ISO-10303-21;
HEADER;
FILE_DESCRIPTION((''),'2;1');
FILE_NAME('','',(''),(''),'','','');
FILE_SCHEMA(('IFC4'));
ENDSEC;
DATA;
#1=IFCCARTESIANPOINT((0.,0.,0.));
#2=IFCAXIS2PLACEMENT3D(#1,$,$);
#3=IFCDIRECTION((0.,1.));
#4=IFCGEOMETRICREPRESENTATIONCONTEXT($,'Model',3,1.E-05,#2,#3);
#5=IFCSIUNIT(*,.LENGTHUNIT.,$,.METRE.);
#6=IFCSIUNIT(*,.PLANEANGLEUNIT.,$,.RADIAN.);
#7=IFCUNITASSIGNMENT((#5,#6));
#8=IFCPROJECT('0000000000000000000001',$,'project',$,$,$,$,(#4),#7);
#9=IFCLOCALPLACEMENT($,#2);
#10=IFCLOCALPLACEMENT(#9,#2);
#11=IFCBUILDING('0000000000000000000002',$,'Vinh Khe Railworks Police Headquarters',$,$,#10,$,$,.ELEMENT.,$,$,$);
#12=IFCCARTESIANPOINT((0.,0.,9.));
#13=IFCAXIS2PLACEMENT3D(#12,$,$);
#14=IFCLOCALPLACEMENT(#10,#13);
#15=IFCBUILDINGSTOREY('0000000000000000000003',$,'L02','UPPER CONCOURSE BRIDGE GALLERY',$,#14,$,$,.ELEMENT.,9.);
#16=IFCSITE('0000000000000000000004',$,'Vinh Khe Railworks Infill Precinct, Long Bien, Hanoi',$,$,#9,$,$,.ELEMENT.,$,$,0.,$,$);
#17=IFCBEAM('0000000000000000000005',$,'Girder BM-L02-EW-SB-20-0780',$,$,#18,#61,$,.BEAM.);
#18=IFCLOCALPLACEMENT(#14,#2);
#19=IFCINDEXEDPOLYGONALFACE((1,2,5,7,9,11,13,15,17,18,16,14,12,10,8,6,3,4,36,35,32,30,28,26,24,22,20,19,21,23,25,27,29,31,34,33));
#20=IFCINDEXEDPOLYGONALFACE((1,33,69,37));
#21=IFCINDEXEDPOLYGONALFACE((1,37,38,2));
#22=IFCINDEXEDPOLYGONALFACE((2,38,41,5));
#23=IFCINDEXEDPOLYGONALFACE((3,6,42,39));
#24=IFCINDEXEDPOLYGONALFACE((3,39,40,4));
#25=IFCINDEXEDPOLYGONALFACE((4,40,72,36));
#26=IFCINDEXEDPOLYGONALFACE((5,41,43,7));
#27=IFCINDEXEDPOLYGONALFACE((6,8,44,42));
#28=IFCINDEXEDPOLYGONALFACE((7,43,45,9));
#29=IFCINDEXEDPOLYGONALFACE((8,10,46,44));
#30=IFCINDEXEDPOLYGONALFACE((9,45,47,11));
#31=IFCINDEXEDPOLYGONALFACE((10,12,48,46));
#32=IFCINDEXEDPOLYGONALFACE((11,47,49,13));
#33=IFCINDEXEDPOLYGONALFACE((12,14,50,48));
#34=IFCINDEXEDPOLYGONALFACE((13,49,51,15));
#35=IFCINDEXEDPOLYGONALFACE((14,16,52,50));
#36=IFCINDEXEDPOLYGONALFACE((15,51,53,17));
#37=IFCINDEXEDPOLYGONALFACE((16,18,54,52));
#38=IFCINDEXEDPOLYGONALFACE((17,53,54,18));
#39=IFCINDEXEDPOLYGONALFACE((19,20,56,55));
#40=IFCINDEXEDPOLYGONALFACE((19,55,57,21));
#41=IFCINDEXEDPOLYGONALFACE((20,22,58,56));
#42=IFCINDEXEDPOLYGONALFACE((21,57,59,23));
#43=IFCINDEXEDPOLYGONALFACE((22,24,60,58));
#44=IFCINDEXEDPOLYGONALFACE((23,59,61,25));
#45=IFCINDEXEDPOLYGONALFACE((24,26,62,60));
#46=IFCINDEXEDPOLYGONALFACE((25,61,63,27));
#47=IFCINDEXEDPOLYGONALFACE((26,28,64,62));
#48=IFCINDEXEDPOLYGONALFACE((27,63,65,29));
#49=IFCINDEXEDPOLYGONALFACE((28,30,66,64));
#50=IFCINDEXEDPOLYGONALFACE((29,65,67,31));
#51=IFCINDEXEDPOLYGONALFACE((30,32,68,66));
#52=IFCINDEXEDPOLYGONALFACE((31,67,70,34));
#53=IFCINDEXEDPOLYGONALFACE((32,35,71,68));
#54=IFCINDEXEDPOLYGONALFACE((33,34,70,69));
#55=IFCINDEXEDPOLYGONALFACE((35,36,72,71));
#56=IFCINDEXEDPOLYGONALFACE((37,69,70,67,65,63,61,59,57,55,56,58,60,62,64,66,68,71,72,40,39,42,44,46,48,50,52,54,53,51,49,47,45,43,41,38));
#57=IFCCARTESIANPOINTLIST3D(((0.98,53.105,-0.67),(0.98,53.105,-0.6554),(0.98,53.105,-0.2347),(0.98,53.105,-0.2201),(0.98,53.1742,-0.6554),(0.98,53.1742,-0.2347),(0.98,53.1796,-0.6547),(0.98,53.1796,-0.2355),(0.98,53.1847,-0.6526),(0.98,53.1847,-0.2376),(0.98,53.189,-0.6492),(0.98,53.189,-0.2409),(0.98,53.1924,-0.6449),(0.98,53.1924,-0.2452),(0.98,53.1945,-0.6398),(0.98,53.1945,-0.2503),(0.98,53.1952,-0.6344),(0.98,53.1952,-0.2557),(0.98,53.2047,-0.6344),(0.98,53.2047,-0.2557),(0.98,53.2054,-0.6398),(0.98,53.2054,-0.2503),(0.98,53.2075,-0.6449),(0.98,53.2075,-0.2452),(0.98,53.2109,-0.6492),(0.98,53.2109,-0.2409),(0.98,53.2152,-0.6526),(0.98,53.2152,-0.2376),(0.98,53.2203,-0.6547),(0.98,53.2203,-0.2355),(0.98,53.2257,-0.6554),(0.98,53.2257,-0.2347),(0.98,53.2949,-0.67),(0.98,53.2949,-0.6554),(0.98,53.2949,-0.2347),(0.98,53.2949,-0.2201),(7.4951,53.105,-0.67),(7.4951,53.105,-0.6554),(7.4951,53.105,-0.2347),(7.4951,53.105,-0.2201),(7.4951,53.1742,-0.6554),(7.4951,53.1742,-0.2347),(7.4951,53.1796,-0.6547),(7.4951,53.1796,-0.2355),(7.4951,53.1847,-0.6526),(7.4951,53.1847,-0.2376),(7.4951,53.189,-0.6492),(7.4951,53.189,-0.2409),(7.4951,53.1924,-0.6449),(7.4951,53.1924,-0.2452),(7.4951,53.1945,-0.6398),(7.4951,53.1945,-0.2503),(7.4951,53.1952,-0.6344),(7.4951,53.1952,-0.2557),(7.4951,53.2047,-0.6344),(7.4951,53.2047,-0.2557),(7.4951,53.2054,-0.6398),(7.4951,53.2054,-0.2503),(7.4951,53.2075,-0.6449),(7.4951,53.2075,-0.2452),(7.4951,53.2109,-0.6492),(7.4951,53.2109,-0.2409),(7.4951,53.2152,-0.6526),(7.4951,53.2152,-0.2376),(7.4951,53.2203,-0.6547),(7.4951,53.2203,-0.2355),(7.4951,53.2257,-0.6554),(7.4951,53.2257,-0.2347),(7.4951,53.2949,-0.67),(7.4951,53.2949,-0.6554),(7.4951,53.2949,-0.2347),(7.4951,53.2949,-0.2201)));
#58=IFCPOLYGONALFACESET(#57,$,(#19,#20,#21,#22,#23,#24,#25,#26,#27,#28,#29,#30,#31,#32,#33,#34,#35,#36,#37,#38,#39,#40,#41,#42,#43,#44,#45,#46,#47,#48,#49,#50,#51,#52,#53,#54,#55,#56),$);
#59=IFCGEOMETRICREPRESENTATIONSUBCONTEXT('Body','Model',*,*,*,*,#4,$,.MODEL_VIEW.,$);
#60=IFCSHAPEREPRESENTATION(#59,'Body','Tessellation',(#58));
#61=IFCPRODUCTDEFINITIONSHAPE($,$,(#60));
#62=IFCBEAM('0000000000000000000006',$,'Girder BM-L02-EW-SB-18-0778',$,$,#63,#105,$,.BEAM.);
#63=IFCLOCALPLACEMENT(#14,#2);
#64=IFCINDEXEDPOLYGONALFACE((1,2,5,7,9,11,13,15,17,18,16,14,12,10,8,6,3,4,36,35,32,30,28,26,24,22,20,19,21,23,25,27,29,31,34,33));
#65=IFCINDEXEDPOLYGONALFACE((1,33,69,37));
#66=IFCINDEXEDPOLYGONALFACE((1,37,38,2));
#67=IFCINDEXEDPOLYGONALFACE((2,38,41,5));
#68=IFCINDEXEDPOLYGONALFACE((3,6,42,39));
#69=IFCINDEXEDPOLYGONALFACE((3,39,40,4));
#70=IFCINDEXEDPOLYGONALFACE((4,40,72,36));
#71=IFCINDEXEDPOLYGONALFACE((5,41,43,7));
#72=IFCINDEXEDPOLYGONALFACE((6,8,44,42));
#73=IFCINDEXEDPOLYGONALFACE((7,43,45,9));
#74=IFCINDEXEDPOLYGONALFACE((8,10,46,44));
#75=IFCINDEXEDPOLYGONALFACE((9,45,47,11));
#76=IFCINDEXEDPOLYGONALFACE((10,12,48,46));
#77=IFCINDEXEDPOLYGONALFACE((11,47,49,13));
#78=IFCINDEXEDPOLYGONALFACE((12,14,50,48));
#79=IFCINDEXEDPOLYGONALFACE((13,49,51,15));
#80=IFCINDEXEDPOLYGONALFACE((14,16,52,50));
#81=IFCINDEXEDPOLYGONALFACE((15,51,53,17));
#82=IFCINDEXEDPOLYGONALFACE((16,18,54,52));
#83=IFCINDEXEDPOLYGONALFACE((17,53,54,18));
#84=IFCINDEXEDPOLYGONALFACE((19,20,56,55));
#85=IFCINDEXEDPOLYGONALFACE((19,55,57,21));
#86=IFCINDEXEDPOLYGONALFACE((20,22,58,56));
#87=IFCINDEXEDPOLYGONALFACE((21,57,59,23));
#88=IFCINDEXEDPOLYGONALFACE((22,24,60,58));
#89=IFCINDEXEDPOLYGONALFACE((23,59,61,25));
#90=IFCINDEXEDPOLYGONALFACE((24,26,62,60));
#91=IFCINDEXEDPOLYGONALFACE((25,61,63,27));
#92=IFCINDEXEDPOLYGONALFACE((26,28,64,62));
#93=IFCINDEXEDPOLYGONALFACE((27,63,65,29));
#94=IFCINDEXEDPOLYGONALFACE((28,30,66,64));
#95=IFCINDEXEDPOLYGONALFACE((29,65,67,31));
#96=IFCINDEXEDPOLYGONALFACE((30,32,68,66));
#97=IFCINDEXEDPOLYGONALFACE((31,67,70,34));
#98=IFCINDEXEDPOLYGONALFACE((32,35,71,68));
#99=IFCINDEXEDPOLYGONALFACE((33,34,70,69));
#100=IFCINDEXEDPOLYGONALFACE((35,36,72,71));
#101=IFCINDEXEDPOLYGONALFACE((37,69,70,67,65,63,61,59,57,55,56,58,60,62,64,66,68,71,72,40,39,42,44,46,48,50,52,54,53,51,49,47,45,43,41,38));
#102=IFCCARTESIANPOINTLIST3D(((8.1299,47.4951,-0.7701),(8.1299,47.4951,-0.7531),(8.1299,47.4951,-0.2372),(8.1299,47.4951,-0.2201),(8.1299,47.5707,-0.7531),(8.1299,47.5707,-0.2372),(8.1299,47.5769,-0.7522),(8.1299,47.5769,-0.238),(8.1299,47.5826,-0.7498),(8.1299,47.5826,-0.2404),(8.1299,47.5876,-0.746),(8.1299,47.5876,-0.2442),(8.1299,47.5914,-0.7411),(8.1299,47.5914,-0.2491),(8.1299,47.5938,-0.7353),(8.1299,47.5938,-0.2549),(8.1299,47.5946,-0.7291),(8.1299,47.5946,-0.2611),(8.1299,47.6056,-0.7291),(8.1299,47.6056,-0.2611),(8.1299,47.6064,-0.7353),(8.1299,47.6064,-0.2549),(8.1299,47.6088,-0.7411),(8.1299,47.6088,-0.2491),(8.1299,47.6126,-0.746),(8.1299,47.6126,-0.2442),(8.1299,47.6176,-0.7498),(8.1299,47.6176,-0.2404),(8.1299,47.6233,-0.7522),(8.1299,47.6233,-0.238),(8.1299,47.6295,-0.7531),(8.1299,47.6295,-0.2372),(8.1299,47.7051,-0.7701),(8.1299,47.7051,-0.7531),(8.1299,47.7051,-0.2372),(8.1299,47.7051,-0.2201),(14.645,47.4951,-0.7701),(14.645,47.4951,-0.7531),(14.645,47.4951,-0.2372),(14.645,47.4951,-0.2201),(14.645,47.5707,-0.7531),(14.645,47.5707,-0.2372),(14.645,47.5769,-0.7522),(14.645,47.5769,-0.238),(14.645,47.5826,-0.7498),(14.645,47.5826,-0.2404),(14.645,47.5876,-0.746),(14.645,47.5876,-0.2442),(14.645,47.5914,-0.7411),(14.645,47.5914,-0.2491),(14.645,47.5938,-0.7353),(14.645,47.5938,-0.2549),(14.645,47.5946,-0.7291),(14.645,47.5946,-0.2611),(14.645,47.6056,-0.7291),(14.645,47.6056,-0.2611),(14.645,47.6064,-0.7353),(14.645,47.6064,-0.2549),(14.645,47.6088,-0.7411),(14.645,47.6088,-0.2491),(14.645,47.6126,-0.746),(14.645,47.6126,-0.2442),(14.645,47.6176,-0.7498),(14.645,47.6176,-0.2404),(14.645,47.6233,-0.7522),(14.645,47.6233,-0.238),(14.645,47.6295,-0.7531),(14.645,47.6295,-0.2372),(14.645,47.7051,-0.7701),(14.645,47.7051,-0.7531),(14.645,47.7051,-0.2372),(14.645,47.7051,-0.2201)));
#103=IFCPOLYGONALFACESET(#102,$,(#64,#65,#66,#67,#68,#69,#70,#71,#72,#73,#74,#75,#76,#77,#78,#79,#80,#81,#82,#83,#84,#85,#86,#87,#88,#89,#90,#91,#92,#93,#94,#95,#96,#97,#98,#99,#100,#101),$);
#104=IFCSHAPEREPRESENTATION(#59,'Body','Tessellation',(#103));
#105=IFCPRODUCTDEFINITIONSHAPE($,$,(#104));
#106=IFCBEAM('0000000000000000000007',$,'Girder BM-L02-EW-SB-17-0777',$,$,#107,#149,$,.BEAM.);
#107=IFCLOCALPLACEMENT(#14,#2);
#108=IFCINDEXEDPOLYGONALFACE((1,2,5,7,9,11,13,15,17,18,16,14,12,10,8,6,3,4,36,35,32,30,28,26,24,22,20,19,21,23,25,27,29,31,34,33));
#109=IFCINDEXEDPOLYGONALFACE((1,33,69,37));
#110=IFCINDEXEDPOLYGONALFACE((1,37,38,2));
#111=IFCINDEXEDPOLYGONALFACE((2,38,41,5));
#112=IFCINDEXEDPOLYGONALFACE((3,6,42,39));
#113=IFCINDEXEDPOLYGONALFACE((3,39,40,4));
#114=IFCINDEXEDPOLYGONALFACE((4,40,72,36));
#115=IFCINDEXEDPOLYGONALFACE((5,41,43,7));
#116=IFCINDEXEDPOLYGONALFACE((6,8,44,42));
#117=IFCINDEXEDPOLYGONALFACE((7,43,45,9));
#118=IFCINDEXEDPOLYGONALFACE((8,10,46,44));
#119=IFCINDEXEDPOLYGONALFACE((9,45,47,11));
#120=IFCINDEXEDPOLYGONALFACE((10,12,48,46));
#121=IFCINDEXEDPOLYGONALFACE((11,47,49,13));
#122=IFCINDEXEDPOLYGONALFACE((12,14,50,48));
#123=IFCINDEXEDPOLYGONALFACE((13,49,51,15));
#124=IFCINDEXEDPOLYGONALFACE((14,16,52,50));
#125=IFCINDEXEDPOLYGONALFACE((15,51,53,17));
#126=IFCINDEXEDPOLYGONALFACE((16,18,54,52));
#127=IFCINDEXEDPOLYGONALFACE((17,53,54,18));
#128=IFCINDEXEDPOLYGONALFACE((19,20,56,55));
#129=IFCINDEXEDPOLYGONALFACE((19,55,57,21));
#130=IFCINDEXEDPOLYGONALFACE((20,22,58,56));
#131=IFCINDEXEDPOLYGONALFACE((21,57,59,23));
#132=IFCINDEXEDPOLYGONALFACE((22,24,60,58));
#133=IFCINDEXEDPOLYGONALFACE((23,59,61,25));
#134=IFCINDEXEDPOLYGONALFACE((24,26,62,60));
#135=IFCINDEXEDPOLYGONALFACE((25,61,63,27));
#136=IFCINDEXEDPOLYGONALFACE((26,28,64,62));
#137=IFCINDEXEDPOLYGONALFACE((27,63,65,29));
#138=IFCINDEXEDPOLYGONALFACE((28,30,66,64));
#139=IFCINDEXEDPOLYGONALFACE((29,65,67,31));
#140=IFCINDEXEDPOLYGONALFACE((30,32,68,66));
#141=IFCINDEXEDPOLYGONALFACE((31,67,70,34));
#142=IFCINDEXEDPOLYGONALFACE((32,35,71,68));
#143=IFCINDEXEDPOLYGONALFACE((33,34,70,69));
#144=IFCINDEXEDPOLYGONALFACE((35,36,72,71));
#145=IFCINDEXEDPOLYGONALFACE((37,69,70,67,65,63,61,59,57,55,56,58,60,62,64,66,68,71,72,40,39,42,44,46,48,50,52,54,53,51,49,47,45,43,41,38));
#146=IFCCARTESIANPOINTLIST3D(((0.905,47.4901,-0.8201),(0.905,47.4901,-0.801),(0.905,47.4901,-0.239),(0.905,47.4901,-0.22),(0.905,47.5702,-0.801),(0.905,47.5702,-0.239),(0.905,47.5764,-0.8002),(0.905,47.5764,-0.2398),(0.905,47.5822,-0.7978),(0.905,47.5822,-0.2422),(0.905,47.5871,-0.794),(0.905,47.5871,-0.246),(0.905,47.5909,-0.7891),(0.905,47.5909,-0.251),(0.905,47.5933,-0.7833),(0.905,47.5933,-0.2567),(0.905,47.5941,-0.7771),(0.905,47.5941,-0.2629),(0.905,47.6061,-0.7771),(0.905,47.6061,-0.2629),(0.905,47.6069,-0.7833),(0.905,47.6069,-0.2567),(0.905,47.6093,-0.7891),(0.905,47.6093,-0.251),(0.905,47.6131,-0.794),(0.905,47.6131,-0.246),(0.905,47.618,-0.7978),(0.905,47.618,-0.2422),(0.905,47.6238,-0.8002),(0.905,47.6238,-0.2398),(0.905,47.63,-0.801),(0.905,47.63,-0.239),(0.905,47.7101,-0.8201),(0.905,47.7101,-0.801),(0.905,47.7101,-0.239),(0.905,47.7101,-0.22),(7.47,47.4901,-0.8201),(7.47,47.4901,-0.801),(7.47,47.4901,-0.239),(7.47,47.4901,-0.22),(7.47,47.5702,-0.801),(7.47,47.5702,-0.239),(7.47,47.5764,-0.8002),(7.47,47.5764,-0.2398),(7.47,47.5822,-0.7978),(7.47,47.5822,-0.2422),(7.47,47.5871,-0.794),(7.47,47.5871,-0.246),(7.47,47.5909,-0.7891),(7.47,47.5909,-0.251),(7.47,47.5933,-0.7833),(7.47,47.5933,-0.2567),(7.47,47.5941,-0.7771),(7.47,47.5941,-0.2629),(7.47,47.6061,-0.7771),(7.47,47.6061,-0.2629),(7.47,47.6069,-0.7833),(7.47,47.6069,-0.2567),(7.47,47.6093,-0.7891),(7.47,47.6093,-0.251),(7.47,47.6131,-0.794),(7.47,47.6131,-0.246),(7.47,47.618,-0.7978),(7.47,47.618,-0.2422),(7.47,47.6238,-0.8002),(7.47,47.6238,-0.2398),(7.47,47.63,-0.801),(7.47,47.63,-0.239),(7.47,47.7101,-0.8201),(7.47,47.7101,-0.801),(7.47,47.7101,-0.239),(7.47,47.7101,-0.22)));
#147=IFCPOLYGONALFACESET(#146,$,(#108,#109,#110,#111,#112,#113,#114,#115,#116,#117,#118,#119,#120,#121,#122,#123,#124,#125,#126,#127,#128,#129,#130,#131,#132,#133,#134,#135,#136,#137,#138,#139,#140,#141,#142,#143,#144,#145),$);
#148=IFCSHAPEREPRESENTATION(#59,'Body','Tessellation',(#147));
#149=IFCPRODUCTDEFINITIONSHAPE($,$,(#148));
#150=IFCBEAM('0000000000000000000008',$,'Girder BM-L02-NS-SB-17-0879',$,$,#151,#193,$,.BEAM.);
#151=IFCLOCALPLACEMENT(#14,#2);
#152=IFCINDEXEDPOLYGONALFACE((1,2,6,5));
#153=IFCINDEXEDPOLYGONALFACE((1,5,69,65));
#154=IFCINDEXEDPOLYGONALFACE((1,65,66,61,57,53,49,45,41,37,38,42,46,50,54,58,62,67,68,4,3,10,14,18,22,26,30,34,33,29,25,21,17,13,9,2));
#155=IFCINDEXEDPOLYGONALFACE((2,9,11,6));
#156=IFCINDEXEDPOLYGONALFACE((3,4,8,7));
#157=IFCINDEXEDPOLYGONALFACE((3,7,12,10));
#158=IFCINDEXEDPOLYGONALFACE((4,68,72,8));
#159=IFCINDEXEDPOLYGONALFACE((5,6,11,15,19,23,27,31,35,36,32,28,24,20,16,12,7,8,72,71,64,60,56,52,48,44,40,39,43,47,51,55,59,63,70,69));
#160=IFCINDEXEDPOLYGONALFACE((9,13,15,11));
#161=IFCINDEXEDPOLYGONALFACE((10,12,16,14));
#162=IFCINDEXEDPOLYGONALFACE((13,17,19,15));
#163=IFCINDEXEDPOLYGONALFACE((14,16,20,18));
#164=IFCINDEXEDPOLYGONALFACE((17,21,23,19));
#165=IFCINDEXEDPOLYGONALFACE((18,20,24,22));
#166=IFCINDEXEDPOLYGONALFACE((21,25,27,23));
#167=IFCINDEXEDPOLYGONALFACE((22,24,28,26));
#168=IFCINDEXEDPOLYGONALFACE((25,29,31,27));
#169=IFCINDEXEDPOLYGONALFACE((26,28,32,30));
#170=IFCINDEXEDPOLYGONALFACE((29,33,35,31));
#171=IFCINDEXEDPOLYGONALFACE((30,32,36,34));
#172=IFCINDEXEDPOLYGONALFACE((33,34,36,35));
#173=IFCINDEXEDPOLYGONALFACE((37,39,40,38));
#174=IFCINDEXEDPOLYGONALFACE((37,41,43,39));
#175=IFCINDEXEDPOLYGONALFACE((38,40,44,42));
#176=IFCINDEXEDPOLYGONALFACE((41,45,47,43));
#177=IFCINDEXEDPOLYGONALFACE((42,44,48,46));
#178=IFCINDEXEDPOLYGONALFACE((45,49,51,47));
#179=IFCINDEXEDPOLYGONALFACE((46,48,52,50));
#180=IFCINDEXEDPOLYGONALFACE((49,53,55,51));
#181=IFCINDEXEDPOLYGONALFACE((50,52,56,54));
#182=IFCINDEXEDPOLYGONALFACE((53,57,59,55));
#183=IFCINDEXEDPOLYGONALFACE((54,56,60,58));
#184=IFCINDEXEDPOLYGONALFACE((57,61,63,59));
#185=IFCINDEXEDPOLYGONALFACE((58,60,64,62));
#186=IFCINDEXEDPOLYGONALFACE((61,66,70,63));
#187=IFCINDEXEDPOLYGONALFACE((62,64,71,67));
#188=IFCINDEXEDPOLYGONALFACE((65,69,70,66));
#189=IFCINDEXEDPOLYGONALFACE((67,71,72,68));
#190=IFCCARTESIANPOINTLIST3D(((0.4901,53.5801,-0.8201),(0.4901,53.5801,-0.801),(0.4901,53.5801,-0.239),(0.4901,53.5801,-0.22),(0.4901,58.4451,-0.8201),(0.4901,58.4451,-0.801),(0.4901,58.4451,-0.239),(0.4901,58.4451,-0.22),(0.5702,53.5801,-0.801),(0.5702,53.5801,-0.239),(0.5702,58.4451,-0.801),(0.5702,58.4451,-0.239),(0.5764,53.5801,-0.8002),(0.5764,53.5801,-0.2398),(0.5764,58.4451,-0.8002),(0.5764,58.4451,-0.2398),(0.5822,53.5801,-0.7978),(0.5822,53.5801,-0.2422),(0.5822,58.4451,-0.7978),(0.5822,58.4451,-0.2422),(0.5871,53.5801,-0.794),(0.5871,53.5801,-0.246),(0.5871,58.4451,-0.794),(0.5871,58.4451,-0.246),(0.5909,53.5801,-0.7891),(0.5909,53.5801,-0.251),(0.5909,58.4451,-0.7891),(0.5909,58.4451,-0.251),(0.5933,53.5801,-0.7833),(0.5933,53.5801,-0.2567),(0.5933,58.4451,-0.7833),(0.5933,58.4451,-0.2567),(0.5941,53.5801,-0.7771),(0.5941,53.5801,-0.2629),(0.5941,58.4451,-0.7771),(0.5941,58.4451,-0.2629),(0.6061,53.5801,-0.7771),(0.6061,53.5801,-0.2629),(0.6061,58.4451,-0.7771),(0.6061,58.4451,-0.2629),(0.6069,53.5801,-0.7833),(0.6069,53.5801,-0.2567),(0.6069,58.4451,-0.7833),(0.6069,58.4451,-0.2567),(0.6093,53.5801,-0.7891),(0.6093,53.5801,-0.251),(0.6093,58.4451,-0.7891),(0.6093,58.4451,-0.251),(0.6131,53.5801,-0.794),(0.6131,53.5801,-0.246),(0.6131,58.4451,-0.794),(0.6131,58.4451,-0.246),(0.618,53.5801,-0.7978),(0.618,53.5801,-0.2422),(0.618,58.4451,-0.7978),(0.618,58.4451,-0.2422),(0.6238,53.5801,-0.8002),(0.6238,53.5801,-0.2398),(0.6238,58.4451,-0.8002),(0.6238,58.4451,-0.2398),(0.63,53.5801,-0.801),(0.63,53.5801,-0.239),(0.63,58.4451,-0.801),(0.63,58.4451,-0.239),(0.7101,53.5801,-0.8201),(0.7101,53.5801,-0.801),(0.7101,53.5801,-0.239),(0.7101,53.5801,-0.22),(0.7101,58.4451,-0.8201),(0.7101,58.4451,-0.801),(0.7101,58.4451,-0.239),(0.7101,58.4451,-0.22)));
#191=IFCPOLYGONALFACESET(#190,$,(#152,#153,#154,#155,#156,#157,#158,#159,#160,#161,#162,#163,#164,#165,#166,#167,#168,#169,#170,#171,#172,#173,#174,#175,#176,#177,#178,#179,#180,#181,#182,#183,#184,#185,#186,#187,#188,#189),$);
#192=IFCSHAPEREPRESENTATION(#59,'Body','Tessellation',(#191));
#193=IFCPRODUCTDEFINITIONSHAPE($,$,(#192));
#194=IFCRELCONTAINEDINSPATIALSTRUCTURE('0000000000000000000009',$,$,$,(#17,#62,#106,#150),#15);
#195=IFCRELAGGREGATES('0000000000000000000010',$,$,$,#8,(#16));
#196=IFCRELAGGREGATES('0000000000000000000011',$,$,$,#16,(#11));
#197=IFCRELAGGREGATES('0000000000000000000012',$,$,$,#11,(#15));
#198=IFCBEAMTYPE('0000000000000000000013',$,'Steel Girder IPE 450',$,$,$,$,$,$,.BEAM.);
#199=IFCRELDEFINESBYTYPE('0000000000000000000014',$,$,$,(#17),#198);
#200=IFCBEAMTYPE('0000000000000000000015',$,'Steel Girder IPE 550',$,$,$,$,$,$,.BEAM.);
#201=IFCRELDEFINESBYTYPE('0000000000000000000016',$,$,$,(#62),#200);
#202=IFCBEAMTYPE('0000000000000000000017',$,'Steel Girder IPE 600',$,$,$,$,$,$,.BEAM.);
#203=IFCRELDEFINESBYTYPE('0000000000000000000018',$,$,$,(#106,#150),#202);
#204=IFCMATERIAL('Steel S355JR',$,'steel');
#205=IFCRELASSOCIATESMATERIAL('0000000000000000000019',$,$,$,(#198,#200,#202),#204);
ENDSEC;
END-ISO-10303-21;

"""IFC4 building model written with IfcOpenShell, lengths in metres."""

from ifc_helpers import new_model, si_unit, direction, frame, origin, origin_2d, place, context, subcontext, project, spatial, i_section, extrude, material, material_profile, profile_set, type_object, element, save


model = new_model("IFC4")

# Units and contexts
model_context = context("Model", 3, precision=1e-05, world=origin(), true_north=direction((0.0, 1.0)))
body_context = subcontext(model_context, "Body", "Model", "MODEL_VIEW")
ifc_project = project(units=[si_unit("LENGTHUNIT", "METRE"), si_unit("PLANEANGLEUNIT", "RADIAN")], contexts=[model_context])

# Site, building, storey
site_placement = place(None, origin())
site = spatial("IfcSite", under=ifc_project, at=site_placement, Name="Vinh Khe Railworks Infill Precinct, Long Bien, Hanoi", CompositionType="ELEMENT", RefElevation=0.0)
building_placement = place(site_placement, origin())
building = spatial("IfcBuilding", under=site, at=building_placement, Name="Vinh Khe Railworks Police Headquarters", CompositionType="ELEMENT")
storey_placement = place(building_placement, frame((0.0, 0.0, 9.0)))
storey = spatial("IfcBuildingStorey", under=building, at=storey_placement, Name="L02", Description="UPPER CONCOURSE BRIDGE GALLERY", CompositionType="ELEMENT", Elevation=9.0)

# Shared definitions
ifc_material_1 = material(Name="Steel S355JR", Category="steel")

# Beams
ifc_material_profile_1 = material_profile(ifc_material_1, i_section(OverallWidth=0.1899, OverallDepth=0.45, WebThickness=0.0095, FlangeThickness=0.0146, FilletRadius=0.021, at=origin_2d()), Name="IPE 450")
ifc_profile_set_1 = profile_set([ifc_material_profile_1], Name="Steel S355JR")
beam_type_1 = type_object("IfcBeamType", Name="Steel Girder IPE 450", PredefinedType="BEAM", material=ifc_profile_set_1)
beam_1_placement = place(storey_placement, frame((0.98, 53.2, -0.4451), z_axis=(1.0, 0.0, 0.0), x_axis=(0.0, 1.0, 0.0)))
element("IfcBeam", 1, at=beam_1_placement, inside=storey, type_object=beam_type_1, Name="Girder BM-L02-EW-SB-20-0780", PredefinedType="BEAM", context=body_context, shape_type="SweptSolid", body=[
    extrude(i_section(OverallWidth=0.1899, OverallDepth=0.45, WebThickness=0.0095, FlangeThickness=0.0146, FilletRadius=0.021, at=origin_2d()), origin(), (0.0, 0.0, 1.0), 6.5151),
])
ifc_material_profile_2 = material_profile(ifc_material_1, i_section(OverallWidth=0.21, OverallDepth=0.55, WebThickness=0.011, FlangeThickness=0.0171, FilletRadius=0.0239, at=origin_2d()), Name="IPE 550")
ifc_profile_set_2 = profile_set([ifc_material_profile_2], Name="Steel S355JR")
beam_type_2 = type_object("IfcBeamType", Name="Steel Girder IPE 550", PredefinedType="BEAM", material=ifc_profile_set_2)
beam_2_placement = place(storey_placement, frame((8.1299, 47.6001, -0.4951), z_axis=(1.0, 0.0, 0.0), x_axis=(0.0, 1.0, 0.0)))
element("IfcBeam", 2, at=beam_2_placement, inside=storey, type_object=beam_type_2, Name="Girder BM-L02-EW-SB-18-0778", PredefinedType="BEAM", context=body_context, shape_type="SweptSolid", body=[
    extrude(i_section(OverallWidth=0.21, OverallDepth=0.55, WebThickness=0.011, FlangeThickness=0.0171, FilletRadius=0.0239, at=origin_2d()), origin(), (0.0, 0.0, 1.0), 6.5151),
])
ifc_material_profile_3 = material_profile(ifc_material_1, i_section(OverallWidth=0.22, OverallDepth=0.6001, WebThickness=0.012, FlangeThickness=0.019, FilletRadius=0.0239, at=origin_2d()), Name="IPE 600")
ifc_profile_set_3 = profile_set([ifc_material_profile_3], Name="Steel S355JR")
beam_type_3 = type_object("IfcBeamType", Name="Steel Girder IPE 600", PredefinedType="BEAM", material=ifc_profile_set_3)
beam_3_placement = place(storey_placement, frame((0.905, 47.6001, -0.52), z_axis=(1.0, 0.0, 0.0), x_axis=(0.0, 1.0, 0.0)))
element("IfcBeam", 3, at=beam_3_placement, inside=storey, type_object=beam_type_3, Name="Girder BM-L02-EW-SB-17-0777", PredefinedType="BEAM", context=body_context, shape_type="SweptSolid", body=[
    extrude(i_section(OverallWidth=0.22, OverallDepth=0.6001, WebThickness=0.012, FlangeThickness=0.019, FilletRadius=0.0239, at=origin_2d()), origin(), (0.0, 0.0, 1.0), 6.5649),
])
beam_4_placement = place(storey_placement, frame((0.6001, 53.5801, -0.52), z_axis=(0.0, 1.0, 0.0), x_axis=(-1.0, 0.0, 0.0)))
element("IfcBeam", 4, at=beam_4_placement, inside=storey, type_object=beam_type_3, Name="Girder BM-L02-NS-SB-17-0879", PredefinedType="BEAM", context=body_context, shape_type="SweptSolid", body=[
    extrude(i_section(OverallWidth=0.22, OverallDepth=0.6001, WebThickness=0.012, FlangeThickness=0.019, FilletRadius=0.0239, at=origin_2d()), origin(), (0.0, 0.0, 1.0), 4.865),
])

save(model, "model.ifc")
